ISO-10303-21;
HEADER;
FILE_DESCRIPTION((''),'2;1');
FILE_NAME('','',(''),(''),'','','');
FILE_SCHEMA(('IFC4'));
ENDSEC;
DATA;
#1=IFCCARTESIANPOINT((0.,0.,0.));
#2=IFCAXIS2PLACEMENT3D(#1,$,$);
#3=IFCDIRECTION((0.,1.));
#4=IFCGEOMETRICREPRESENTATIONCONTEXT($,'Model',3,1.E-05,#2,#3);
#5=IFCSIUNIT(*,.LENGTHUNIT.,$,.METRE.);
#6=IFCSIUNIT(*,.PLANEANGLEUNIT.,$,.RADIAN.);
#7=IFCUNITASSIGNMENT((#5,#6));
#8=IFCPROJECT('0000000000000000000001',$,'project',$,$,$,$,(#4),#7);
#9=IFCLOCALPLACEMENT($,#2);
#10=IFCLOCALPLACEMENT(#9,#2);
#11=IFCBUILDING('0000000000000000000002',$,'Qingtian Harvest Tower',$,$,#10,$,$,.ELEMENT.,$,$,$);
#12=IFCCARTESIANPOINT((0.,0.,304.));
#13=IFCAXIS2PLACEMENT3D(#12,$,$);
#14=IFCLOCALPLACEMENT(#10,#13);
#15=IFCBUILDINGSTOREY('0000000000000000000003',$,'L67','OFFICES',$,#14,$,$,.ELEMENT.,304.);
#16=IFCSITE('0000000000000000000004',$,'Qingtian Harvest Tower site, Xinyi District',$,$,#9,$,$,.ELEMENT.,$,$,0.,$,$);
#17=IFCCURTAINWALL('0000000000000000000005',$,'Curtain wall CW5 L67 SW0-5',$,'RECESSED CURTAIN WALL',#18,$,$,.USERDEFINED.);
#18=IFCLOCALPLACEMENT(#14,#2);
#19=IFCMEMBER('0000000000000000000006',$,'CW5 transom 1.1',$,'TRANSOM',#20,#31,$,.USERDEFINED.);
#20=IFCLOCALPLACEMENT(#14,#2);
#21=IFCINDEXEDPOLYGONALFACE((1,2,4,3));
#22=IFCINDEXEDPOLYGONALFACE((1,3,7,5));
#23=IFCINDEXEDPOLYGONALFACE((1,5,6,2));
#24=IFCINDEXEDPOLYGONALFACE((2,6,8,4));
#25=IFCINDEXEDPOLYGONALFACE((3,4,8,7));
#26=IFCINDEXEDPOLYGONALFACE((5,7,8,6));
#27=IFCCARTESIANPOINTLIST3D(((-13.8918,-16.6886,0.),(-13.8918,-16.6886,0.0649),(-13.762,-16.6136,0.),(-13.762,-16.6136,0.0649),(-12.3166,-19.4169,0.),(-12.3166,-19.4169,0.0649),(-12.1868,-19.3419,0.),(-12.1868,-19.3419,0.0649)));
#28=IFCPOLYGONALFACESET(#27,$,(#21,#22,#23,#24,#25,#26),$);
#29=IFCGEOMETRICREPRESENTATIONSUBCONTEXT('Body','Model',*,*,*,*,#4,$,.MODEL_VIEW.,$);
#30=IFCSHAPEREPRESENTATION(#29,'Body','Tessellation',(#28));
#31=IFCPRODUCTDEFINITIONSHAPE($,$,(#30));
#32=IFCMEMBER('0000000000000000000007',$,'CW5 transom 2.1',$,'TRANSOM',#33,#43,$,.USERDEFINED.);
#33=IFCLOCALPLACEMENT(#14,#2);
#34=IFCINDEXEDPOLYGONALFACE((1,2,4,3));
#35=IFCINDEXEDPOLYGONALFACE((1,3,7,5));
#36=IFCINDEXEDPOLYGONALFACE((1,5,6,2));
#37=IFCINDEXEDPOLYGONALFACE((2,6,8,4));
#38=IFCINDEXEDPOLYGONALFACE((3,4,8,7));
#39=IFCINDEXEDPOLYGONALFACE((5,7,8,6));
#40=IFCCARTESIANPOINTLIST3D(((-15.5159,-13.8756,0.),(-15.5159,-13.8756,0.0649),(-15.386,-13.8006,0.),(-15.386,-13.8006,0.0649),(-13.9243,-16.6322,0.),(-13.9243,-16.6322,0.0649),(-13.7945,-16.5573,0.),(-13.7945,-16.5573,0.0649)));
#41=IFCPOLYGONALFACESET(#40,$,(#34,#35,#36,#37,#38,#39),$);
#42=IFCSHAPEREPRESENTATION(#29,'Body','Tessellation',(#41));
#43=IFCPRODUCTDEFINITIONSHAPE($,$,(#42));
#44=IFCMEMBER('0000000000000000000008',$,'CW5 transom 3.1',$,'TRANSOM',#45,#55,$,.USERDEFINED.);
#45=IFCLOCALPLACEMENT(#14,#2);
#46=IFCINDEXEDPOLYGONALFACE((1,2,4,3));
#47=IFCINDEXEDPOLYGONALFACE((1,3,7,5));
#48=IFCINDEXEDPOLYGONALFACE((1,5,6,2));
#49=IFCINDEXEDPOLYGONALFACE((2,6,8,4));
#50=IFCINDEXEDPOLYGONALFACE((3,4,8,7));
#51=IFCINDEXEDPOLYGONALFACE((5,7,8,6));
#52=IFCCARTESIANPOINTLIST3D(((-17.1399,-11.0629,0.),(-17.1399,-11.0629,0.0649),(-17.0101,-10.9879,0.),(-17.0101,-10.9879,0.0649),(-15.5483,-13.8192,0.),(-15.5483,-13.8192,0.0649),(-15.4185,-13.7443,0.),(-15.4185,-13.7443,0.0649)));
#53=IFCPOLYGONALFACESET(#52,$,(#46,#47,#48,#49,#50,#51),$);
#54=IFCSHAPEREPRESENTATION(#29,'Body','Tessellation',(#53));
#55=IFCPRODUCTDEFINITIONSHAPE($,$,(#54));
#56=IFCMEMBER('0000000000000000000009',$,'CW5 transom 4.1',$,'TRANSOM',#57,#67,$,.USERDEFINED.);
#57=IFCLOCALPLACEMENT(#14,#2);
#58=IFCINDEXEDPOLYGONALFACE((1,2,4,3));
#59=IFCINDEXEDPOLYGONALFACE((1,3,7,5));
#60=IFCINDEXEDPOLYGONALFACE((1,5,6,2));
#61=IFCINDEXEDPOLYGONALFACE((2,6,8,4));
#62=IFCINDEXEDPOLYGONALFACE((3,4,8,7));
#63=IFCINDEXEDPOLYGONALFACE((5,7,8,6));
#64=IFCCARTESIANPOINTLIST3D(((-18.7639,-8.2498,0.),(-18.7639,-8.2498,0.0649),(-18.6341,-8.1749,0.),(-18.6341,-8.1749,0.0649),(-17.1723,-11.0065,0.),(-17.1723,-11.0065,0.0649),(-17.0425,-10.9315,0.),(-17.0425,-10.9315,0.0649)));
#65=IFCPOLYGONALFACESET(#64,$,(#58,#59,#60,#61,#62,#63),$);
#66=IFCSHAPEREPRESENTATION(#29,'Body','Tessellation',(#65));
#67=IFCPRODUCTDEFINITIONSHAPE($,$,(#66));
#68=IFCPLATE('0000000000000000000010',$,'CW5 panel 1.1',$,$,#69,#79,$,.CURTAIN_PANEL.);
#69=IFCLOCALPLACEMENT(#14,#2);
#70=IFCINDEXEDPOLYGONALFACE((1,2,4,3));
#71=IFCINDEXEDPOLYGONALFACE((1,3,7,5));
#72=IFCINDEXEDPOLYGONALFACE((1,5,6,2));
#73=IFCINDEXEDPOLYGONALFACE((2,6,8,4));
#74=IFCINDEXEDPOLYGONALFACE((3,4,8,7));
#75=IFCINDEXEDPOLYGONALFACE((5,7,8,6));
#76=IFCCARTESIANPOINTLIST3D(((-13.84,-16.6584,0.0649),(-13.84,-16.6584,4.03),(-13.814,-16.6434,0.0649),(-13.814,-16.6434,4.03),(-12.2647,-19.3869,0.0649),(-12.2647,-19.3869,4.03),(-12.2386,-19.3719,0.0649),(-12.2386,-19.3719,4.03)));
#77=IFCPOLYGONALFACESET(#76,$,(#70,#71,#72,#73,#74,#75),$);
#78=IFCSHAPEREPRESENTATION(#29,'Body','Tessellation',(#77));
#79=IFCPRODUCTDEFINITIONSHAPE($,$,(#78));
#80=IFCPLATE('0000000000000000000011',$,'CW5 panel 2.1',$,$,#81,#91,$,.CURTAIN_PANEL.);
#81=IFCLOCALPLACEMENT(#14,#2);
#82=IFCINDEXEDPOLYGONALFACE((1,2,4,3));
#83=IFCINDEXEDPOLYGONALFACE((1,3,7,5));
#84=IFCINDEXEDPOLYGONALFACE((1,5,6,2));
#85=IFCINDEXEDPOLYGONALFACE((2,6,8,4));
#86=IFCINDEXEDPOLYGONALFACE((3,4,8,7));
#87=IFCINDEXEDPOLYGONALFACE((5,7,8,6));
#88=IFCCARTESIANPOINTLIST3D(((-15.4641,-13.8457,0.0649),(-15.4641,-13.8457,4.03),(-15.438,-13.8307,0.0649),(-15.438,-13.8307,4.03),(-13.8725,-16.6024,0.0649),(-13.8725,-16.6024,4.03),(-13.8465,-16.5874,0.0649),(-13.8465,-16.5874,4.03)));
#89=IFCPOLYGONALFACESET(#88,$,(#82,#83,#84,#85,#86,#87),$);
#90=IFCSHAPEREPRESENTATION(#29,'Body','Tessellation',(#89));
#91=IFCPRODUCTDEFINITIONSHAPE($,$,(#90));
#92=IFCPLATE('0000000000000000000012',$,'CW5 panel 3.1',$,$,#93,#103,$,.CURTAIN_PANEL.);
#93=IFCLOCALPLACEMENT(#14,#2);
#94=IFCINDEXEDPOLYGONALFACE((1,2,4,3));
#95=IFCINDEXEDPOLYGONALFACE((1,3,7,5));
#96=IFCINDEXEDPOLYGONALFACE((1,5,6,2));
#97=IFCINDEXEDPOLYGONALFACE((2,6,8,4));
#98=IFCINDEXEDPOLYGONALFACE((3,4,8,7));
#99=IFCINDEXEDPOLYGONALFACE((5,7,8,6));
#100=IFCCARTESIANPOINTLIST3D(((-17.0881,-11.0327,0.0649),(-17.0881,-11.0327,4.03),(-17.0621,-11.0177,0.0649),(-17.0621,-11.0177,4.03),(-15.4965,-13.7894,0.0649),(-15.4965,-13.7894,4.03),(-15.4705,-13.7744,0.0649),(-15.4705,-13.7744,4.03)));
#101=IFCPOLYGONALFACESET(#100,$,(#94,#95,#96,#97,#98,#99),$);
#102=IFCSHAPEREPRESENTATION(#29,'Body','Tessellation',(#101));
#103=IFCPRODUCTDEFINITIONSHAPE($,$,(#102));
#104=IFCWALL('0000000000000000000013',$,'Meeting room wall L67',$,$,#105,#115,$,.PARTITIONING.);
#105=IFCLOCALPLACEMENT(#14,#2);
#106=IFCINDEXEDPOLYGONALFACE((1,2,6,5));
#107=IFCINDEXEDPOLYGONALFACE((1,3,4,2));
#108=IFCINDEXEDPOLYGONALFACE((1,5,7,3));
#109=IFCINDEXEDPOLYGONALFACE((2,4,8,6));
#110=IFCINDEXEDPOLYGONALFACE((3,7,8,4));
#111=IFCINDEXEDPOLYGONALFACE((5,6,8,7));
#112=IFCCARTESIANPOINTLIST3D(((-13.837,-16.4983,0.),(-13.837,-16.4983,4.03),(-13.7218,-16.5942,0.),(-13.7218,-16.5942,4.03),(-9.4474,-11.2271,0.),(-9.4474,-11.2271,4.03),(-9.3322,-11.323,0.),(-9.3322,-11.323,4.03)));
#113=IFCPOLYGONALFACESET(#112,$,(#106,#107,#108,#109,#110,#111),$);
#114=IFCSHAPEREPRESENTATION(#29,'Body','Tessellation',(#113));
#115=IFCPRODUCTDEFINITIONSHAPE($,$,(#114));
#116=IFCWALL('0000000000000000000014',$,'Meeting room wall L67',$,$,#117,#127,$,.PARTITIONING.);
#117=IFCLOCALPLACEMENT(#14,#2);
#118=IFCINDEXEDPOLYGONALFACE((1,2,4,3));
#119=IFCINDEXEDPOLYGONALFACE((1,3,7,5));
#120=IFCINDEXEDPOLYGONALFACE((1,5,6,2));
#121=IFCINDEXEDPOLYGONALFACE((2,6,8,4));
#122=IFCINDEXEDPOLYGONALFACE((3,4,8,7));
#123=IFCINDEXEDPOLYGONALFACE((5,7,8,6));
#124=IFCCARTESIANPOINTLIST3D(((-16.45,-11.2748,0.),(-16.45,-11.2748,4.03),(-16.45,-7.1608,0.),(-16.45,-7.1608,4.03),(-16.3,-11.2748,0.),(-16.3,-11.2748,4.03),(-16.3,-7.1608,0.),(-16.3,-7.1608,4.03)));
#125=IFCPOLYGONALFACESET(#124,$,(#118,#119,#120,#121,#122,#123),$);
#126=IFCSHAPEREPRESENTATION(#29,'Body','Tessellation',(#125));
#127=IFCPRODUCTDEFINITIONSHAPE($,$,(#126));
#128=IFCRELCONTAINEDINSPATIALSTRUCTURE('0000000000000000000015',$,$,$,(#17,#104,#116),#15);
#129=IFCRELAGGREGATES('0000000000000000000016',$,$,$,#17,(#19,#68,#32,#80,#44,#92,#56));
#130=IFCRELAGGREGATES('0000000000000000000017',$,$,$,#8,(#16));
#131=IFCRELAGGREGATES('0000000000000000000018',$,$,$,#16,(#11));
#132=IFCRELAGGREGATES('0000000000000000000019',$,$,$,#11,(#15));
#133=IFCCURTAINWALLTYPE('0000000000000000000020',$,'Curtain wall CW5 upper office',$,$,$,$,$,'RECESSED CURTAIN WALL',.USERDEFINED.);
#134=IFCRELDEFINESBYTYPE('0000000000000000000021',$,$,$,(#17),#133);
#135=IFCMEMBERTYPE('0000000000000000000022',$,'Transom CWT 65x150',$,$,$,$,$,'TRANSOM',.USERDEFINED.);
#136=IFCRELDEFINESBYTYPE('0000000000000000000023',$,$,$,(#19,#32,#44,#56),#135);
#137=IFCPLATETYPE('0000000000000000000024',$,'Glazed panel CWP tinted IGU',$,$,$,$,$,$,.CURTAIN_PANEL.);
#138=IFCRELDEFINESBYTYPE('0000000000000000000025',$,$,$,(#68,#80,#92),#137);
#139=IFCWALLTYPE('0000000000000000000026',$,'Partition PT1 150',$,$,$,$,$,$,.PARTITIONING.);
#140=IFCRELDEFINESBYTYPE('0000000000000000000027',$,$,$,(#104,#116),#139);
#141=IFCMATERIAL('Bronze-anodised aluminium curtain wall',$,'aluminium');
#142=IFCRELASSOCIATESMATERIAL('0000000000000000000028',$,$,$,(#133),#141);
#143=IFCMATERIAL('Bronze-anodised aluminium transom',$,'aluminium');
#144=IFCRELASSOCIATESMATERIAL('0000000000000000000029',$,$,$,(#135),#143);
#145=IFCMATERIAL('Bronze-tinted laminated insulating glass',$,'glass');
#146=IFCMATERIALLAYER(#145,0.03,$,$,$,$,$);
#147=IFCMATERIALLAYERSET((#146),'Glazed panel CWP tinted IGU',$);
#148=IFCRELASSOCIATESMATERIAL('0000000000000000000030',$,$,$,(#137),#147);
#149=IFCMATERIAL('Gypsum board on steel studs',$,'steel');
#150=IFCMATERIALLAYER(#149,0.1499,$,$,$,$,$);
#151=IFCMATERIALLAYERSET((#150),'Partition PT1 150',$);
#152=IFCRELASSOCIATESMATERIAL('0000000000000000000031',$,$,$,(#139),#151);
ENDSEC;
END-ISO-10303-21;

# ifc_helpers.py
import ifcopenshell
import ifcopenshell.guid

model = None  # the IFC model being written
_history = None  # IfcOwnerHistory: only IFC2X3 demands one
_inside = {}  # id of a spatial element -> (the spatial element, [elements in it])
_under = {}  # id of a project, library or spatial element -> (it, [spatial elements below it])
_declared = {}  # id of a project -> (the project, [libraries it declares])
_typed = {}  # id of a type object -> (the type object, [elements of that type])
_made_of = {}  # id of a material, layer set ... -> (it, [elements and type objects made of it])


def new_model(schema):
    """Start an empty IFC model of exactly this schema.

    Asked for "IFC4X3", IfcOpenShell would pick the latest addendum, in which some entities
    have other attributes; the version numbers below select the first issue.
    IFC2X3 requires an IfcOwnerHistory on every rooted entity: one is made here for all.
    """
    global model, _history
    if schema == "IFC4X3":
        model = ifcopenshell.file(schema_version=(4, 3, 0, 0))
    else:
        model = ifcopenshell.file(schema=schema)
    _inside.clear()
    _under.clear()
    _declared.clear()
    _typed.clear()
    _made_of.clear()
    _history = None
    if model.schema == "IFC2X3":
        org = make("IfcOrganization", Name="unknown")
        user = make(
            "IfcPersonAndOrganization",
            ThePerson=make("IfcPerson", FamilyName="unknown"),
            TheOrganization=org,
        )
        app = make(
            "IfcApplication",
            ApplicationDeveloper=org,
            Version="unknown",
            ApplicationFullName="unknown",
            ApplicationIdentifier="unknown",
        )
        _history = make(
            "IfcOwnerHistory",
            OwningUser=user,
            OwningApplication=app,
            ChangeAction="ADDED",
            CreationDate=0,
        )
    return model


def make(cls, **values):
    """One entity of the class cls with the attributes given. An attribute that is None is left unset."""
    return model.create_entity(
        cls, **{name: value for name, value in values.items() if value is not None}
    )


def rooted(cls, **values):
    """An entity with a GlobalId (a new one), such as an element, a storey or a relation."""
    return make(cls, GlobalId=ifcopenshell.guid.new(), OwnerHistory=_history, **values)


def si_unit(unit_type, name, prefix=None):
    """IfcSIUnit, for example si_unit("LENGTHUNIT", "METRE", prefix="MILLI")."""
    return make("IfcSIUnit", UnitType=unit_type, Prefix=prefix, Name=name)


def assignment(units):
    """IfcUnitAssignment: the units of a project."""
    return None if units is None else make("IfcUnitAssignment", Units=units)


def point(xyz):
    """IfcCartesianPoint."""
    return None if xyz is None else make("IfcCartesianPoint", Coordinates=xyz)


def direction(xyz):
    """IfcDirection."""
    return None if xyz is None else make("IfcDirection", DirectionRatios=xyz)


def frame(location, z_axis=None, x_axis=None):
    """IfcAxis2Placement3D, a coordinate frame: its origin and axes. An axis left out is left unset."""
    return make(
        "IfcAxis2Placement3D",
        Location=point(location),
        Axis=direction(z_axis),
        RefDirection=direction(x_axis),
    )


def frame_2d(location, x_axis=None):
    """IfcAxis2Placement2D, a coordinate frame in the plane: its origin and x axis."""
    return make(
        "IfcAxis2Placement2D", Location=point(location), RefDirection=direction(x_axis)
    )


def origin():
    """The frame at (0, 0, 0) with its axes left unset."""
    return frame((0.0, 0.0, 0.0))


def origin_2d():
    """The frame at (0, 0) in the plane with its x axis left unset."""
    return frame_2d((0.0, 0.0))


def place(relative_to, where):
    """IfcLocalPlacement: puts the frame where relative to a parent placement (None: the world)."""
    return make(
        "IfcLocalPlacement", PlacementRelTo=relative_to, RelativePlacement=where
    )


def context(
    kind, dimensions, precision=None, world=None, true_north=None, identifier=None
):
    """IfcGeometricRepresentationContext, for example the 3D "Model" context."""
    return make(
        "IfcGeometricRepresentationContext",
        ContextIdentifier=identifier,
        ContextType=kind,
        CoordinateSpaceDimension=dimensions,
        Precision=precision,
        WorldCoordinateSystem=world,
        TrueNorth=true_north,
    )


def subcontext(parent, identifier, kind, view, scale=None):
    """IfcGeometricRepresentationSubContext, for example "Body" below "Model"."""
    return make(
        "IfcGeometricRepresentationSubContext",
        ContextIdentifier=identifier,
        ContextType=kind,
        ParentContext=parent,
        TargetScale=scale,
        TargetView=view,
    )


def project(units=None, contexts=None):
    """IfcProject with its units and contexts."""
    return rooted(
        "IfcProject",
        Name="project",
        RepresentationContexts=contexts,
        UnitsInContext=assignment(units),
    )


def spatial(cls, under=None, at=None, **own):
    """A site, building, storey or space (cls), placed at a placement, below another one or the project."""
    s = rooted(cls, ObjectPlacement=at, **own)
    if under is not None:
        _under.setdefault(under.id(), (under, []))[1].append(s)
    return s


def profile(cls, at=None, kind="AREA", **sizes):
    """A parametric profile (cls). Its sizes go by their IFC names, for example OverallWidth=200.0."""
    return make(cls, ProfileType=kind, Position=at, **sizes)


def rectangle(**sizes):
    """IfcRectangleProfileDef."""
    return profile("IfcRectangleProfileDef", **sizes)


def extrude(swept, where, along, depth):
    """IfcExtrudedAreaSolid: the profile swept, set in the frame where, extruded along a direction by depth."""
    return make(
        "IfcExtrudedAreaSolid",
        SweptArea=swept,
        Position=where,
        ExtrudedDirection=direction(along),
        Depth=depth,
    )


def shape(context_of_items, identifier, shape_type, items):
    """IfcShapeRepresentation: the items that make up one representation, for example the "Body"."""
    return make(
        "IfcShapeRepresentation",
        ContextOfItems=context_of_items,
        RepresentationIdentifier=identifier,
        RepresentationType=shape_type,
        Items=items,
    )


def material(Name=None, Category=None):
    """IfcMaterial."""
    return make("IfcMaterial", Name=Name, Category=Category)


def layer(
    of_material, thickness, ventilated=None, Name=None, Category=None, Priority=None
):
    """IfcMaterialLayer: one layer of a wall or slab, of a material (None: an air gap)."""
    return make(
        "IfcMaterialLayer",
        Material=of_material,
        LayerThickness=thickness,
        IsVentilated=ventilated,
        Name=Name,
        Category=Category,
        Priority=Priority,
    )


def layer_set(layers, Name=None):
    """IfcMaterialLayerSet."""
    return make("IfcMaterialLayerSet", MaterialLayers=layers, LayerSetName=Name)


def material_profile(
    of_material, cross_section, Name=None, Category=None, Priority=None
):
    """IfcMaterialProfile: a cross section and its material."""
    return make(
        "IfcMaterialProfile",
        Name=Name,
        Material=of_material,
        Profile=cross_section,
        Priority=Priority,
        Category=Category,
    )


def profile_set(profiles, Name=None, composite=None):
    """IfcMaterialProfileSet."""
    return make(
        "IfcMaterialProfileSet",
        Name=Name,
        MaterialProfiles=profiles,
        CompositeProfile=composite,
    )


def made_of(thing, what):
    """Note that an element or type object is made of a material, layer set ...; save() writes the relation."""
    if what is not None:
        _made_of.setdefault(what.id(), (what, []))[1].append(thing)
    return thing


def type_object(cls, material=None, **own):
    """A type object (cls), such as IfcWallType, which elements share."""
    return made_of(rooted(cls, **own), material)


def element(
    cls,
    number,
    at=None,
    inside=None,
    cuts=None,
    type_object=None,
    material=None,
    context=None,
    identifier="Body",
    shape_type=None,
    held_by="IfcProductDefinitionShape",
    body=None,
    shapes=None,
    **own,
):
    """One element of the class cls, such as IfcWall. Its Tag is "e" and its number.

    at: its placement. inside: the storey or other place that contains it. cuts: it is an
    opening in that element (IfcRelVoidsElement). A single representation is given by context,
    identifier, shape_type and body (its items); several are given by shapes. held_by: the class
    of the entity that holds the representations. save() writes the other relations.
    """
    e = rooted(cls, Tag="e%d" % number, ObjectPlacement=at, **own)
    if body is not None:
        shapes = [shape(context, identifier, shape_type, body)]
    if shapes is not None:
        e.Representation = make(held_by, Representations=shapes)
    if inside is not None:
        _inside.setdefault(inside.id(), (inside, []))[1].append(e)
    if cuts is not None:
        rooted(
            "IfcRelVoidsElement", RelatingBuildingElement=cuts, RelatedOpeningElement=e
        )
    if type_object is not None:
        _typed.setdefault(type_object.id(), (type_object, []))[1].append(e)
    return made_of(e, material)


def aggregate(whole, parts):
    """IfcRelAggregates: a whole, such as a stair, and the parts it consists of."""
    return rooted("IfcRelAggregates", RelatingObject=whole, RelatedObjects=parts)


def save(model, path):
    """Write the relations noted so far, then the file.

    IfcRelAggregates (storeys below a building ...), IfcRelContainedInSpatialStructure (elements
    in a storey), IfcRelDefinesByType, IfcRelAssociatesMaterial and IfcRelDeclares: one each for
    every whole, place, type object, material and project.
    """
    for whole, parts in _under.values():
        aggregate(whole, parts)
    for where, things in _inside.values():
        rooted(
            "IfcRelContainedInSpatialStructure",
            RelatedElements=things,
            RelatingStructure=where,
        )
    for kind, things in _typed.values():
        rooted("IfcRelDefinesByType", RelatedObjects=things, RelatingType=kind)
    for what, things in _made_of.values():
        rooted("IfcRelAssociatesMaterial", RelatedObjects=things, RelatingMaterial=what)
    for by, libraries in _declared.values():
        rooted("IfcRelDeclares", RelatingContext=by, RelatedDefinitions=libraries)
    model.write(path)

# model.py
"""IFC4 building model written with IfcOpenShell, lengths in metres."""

from ifc_helpers import new_model, si_unit, direction, frame, frame_2d, origin, origin_2d, place, context, subcontext, project, spatial, rectangle, extrude, material, layer, layer_set, material_profile, profile_set, type_object, element, aggregate, save


model = new_model("IFC4")

# Units and contexts
model_context = context("Model", 3, precision=1e-05, world=origin(), true_north=direction((0.0, 1.0)))
body_context = subcontext(model_context, "Body", "Model", "MODEL_VIEW")
ifc_project = project(units=[si_unit("LENGTHUNIT", "METRE"), si_unit("PLANEANGLEUNIT", "RADIAN")], contexts=[model_context])

# Site, building, storey
site_placement = place(None, origin())
site = spatial("IfcSite", under=ifc_project, at=site_placement, Name="Qingtian Harvest Tower site, Xinyi District", CompositionType="ELEMENT", RefElevation=0.0)
building_placement = place(site_placement, origin())
building = spatial("IfcBuilding", under=site, at=building_placement, Name="Qingtian Harvest Tower", CompositionType="ELEMENT")
storey_placement = place(building_placement, frame((0.0, 0.0, 304.0)))
storey = spatial("IfcBuildingStorey", under=building, at=storey_placement, Name="L67", Description="OFFICES", CompositionType="ELEMENT", Elevation=304.0)

# Shared definitions
ifc_material_1 = material(Name="Bronze-anodised aluminium curtain wall", Category="aluminium")
curtain_wall_type = type_object("IfcCurtainWallType", Name="Curtain wall CW5 upper office", ElementType="RECESSED CURTAIN WALL", PredefinedType="USERDEFINED", material=ifc_material_1)

# Curtain wall
curtain_wall_1_placement = place(storey_placement, origin())
curtain_wall_1 = element("IfcCurtainWall", 1, at=curtain_wall_1_placement, inside=storey, type_object=curtain_wall_type, Name="Curtain wall CW5 L67 SW0-5", ObjectType="RECESSED CURTAIN WALL", PredefinedType="USERDEFINED")

# Members
ifc_material_2 = material(Name="Bronze-anodised aluminium transom", Category="aluminium")
ifc_material_profile_1 = material_profile(ifc_material_2, rectangle(XDim=0.1499, YDim=0.0649, at=origin_2d()), Name="AL 65x150")
ifc_profile_set_1 = profile_set([ifc_material_profile_1], Name="Bronze-anodised aluminium transom")
member_type_1 = type_object("IfcMemberType", Name="Transom CWT 65x150", ElementType="TRANSOM", PredefinedType="USERDEFINED", material=ifc_profile_set_1)
member_1_placement = place(storey_placement, frame((-12.2517, -19.3794, 0.0325), z_axis=(-0.500006, 0.866022, 0.0), x_axis=(-0.866022, -0.500006, 0.0)))
member_1 = element("IfcMember", 2, at=member_1_placement, type_object=member_type_1, Name="CW5 transom 1.1", ObjectType="TRANSOM", PredefinedType="USERDEFINED", context=body_context, shape_type="SweptSolid", body=[
    extrude(rectangle(XDim=0.1499, YDim=0.0649, at=origin_2d()), origin(), (0.0, 0.0, 1.0), 3.1504),
])
member_2_placement = place(storey_placement, frame((-13.8594, -16.5947, 0.0325), z_axis=(-0.500008, 0.866021, 0.0), x_axis=(-0.866021, -0.500008, 0.0)))
member_2 = element("IfcMember", 3, at=member_2_placement, type_object=member_type_1, Name="CW5 transom 2.1", ObjectType="TRANSOM", PredefinedType="USERDEFINED", context=body_context, shape_type="SweptSolid", body=[
    extrude(rectangle(XDim=0.1499, YDim=0.0649, at=origin_2d()), origin(), (0.0, 0.0, 1.0), 3.1831),
])
member_3_placement = place(storey_placement, frame((-15.4834, -13.7817, 0.0325), z_axis=(-0.500041, 0.866002, 0.0), x_axis=(-0.866002, -0.500041, 0.0)))
member_3 = element("IfcMember", 4, at=member_3_placement, type_object=member_type_1, Name="CW5 transom 3.1", ObjectType="TRANSOM", PredefinedType="USERDEFINED", context=body_context, shape_type="SweptSolid", body=[
    extrude(rectangle(XDim=0.1499, YDim=0.0649, at=origin_2d()), origin(), (0.0, 0.0, 1.0), 3.1829),
])
member_4_placement = place(storey_placement, frame((-17.1074, -10.969, 0.0325), z_axis=(-0.500008, 0.866021, 0.0), x_axis=(-0.866021, -0.500008, 0.0)))
member_4 = element("IfcMember", 5, at=member_4_placement, type_object=member_type_1, Name="CW5 transom 4.1", ObjectType="TRANSOM", PredefinedType="USERDEFINED", context=body_context, shape_type="SweptSolid", body=[
    extrude(rectangle(XDim=0.1499, YDim=0.0649, at=origin_2d()), origin(), (0.0, 0.0, 1.0), 3.1831),
])

# Plates
ifc_material_3 = material(Name="Bronze-tinted laminated insulating glass", Category="glass")
ifc_layer_1 = layer(ifc_material_3, 0.03)
ifc_layer_set_1 = layer_set([ifc_layer_1], Name="Glazed panel CWP tinted IGU")
plate_type = type_object("IfcPlateType", Name="Glazed panel CWP tinted IGU", PredefinedType="CURTAIN_PANEL", material=ifc_layer_set_1)
plate_1_placement = place(storey_placement, frame((-13.0393, -18.0151, 0.0649), z_axis=(0.0, 0.0, 1.0), x_axis=(-0.5, 0.866025, 0.0)))
plate_1 = element("IfcPlate", 6, at=plate_1_placement, type_object=plate_type, Name="CW5 panel 1.1", PredefinedType="CURTAIN_PANEL", context=body_context, shape_type="SweptSolid", body=[
    extrude(rectangle(XDim=3.1506, YDim=0.03, at=origin_2d()), origin(), (0.0, 0.0, 1.0), 3.9651),
])
plate_2_placement = place(storey_placement, frame((-14.6553, -15.2166, 0.0649), z_axis=(0.0, 0.0, 1.0), x_axis=(-0.5, 0.866025, 0.0)))
plate_2 = element("IfcPlate", 7, at=plate_2_placement, type_object=plate_type, Name="CW5 panel 2.1", PredefinedType="CURTAIN_PANEL", context=body_context, shape_type="SweptSolid", body=[
    extrude(rectangle(XDim=3.1831, YDim=0.03, at=origin_2d()), origin(), (0.0, 0.0, 1.0), 3.9651),
])
plate_3_placement = place(storey_placement, frame((-16.2793, -12.4036, 0.0649), z_axis=(0.0, 0.0, 1.0), x_axis=(-0.5, 0.866025, 0.0)))
plate_3 = element("IfcPlate", 8, at=plate_3_placement, type_object=plate_type, Name="CW5 panel 3.1", PredefinedType="CURTAIN_PANEL", context=body_context, shape_type="SweptSolid", body=[
    extrude(rectangle(XDim=3.1831, YDim=0.03, at=origin_2d()), origin(), (0.0, 0.0, 1.0), 3.9651),
])
aggregate(curtain_wall_1, [member_1, plate_1, member_2, plate_2, member_3, plate_3, member_4])

# Walls
ifc_material_4 = material(Name="Gypsum board on steel studs", Category="steel")
ifc_layer_2 = layer(ifc_material_4, 0.1499)
ifc_layer_set_2 = layer_set([ifc_layer_2], Name="Partition PT1 150")
wall_type = type_object("IfcWallType", Name="Partition PT1 150", PredefinedType="PARTITIONING", material=ifc_layer_set_2)
wall_1_placement = place(storey_placement, frame((-13.7793, -16.5461, 0.0), z_axis=(0.0, 0.0, 1.0), x_axis=(0.639922, 0.76844, 0.0)))
element("IfcWall", 9, at=wall_1_placement, inside=storey, type_object=wall_type, Name="Meeting room wall L67", PredefinedType="PARTITIONING", context=body_context, shape_type="SweptSolid", body=[
    extrude(rectangle(XDim=6.8596, YDim=0.1499, at=frame_2d((3.4297, 0.0))), origin(), (0.0, 0.0, 1.0), 4.03),
])
wall_2_placement = place(storey_placement, frame((-16.375, -11.2749, 0.0), z_axis=(0.0, 0.0, 1.0), x_axis=(0.0, 1.0, 0.0)))
element("IfcWall", 10, at=wall_2_placement, inside=storey, type_object=wall_type, Name="Meeting room wall L67", PredefinedType="PARTITIONING", context=body_context, shape_type="SweptSolid", body=[
    extrude(rectangle(XDim=4.114, YDim=0.1499, at=frame_2d((2.0571, 0.0))), origin(), (0.0, 0.0, 1.0), 4.03),
])

save(model, "model.ifc")
